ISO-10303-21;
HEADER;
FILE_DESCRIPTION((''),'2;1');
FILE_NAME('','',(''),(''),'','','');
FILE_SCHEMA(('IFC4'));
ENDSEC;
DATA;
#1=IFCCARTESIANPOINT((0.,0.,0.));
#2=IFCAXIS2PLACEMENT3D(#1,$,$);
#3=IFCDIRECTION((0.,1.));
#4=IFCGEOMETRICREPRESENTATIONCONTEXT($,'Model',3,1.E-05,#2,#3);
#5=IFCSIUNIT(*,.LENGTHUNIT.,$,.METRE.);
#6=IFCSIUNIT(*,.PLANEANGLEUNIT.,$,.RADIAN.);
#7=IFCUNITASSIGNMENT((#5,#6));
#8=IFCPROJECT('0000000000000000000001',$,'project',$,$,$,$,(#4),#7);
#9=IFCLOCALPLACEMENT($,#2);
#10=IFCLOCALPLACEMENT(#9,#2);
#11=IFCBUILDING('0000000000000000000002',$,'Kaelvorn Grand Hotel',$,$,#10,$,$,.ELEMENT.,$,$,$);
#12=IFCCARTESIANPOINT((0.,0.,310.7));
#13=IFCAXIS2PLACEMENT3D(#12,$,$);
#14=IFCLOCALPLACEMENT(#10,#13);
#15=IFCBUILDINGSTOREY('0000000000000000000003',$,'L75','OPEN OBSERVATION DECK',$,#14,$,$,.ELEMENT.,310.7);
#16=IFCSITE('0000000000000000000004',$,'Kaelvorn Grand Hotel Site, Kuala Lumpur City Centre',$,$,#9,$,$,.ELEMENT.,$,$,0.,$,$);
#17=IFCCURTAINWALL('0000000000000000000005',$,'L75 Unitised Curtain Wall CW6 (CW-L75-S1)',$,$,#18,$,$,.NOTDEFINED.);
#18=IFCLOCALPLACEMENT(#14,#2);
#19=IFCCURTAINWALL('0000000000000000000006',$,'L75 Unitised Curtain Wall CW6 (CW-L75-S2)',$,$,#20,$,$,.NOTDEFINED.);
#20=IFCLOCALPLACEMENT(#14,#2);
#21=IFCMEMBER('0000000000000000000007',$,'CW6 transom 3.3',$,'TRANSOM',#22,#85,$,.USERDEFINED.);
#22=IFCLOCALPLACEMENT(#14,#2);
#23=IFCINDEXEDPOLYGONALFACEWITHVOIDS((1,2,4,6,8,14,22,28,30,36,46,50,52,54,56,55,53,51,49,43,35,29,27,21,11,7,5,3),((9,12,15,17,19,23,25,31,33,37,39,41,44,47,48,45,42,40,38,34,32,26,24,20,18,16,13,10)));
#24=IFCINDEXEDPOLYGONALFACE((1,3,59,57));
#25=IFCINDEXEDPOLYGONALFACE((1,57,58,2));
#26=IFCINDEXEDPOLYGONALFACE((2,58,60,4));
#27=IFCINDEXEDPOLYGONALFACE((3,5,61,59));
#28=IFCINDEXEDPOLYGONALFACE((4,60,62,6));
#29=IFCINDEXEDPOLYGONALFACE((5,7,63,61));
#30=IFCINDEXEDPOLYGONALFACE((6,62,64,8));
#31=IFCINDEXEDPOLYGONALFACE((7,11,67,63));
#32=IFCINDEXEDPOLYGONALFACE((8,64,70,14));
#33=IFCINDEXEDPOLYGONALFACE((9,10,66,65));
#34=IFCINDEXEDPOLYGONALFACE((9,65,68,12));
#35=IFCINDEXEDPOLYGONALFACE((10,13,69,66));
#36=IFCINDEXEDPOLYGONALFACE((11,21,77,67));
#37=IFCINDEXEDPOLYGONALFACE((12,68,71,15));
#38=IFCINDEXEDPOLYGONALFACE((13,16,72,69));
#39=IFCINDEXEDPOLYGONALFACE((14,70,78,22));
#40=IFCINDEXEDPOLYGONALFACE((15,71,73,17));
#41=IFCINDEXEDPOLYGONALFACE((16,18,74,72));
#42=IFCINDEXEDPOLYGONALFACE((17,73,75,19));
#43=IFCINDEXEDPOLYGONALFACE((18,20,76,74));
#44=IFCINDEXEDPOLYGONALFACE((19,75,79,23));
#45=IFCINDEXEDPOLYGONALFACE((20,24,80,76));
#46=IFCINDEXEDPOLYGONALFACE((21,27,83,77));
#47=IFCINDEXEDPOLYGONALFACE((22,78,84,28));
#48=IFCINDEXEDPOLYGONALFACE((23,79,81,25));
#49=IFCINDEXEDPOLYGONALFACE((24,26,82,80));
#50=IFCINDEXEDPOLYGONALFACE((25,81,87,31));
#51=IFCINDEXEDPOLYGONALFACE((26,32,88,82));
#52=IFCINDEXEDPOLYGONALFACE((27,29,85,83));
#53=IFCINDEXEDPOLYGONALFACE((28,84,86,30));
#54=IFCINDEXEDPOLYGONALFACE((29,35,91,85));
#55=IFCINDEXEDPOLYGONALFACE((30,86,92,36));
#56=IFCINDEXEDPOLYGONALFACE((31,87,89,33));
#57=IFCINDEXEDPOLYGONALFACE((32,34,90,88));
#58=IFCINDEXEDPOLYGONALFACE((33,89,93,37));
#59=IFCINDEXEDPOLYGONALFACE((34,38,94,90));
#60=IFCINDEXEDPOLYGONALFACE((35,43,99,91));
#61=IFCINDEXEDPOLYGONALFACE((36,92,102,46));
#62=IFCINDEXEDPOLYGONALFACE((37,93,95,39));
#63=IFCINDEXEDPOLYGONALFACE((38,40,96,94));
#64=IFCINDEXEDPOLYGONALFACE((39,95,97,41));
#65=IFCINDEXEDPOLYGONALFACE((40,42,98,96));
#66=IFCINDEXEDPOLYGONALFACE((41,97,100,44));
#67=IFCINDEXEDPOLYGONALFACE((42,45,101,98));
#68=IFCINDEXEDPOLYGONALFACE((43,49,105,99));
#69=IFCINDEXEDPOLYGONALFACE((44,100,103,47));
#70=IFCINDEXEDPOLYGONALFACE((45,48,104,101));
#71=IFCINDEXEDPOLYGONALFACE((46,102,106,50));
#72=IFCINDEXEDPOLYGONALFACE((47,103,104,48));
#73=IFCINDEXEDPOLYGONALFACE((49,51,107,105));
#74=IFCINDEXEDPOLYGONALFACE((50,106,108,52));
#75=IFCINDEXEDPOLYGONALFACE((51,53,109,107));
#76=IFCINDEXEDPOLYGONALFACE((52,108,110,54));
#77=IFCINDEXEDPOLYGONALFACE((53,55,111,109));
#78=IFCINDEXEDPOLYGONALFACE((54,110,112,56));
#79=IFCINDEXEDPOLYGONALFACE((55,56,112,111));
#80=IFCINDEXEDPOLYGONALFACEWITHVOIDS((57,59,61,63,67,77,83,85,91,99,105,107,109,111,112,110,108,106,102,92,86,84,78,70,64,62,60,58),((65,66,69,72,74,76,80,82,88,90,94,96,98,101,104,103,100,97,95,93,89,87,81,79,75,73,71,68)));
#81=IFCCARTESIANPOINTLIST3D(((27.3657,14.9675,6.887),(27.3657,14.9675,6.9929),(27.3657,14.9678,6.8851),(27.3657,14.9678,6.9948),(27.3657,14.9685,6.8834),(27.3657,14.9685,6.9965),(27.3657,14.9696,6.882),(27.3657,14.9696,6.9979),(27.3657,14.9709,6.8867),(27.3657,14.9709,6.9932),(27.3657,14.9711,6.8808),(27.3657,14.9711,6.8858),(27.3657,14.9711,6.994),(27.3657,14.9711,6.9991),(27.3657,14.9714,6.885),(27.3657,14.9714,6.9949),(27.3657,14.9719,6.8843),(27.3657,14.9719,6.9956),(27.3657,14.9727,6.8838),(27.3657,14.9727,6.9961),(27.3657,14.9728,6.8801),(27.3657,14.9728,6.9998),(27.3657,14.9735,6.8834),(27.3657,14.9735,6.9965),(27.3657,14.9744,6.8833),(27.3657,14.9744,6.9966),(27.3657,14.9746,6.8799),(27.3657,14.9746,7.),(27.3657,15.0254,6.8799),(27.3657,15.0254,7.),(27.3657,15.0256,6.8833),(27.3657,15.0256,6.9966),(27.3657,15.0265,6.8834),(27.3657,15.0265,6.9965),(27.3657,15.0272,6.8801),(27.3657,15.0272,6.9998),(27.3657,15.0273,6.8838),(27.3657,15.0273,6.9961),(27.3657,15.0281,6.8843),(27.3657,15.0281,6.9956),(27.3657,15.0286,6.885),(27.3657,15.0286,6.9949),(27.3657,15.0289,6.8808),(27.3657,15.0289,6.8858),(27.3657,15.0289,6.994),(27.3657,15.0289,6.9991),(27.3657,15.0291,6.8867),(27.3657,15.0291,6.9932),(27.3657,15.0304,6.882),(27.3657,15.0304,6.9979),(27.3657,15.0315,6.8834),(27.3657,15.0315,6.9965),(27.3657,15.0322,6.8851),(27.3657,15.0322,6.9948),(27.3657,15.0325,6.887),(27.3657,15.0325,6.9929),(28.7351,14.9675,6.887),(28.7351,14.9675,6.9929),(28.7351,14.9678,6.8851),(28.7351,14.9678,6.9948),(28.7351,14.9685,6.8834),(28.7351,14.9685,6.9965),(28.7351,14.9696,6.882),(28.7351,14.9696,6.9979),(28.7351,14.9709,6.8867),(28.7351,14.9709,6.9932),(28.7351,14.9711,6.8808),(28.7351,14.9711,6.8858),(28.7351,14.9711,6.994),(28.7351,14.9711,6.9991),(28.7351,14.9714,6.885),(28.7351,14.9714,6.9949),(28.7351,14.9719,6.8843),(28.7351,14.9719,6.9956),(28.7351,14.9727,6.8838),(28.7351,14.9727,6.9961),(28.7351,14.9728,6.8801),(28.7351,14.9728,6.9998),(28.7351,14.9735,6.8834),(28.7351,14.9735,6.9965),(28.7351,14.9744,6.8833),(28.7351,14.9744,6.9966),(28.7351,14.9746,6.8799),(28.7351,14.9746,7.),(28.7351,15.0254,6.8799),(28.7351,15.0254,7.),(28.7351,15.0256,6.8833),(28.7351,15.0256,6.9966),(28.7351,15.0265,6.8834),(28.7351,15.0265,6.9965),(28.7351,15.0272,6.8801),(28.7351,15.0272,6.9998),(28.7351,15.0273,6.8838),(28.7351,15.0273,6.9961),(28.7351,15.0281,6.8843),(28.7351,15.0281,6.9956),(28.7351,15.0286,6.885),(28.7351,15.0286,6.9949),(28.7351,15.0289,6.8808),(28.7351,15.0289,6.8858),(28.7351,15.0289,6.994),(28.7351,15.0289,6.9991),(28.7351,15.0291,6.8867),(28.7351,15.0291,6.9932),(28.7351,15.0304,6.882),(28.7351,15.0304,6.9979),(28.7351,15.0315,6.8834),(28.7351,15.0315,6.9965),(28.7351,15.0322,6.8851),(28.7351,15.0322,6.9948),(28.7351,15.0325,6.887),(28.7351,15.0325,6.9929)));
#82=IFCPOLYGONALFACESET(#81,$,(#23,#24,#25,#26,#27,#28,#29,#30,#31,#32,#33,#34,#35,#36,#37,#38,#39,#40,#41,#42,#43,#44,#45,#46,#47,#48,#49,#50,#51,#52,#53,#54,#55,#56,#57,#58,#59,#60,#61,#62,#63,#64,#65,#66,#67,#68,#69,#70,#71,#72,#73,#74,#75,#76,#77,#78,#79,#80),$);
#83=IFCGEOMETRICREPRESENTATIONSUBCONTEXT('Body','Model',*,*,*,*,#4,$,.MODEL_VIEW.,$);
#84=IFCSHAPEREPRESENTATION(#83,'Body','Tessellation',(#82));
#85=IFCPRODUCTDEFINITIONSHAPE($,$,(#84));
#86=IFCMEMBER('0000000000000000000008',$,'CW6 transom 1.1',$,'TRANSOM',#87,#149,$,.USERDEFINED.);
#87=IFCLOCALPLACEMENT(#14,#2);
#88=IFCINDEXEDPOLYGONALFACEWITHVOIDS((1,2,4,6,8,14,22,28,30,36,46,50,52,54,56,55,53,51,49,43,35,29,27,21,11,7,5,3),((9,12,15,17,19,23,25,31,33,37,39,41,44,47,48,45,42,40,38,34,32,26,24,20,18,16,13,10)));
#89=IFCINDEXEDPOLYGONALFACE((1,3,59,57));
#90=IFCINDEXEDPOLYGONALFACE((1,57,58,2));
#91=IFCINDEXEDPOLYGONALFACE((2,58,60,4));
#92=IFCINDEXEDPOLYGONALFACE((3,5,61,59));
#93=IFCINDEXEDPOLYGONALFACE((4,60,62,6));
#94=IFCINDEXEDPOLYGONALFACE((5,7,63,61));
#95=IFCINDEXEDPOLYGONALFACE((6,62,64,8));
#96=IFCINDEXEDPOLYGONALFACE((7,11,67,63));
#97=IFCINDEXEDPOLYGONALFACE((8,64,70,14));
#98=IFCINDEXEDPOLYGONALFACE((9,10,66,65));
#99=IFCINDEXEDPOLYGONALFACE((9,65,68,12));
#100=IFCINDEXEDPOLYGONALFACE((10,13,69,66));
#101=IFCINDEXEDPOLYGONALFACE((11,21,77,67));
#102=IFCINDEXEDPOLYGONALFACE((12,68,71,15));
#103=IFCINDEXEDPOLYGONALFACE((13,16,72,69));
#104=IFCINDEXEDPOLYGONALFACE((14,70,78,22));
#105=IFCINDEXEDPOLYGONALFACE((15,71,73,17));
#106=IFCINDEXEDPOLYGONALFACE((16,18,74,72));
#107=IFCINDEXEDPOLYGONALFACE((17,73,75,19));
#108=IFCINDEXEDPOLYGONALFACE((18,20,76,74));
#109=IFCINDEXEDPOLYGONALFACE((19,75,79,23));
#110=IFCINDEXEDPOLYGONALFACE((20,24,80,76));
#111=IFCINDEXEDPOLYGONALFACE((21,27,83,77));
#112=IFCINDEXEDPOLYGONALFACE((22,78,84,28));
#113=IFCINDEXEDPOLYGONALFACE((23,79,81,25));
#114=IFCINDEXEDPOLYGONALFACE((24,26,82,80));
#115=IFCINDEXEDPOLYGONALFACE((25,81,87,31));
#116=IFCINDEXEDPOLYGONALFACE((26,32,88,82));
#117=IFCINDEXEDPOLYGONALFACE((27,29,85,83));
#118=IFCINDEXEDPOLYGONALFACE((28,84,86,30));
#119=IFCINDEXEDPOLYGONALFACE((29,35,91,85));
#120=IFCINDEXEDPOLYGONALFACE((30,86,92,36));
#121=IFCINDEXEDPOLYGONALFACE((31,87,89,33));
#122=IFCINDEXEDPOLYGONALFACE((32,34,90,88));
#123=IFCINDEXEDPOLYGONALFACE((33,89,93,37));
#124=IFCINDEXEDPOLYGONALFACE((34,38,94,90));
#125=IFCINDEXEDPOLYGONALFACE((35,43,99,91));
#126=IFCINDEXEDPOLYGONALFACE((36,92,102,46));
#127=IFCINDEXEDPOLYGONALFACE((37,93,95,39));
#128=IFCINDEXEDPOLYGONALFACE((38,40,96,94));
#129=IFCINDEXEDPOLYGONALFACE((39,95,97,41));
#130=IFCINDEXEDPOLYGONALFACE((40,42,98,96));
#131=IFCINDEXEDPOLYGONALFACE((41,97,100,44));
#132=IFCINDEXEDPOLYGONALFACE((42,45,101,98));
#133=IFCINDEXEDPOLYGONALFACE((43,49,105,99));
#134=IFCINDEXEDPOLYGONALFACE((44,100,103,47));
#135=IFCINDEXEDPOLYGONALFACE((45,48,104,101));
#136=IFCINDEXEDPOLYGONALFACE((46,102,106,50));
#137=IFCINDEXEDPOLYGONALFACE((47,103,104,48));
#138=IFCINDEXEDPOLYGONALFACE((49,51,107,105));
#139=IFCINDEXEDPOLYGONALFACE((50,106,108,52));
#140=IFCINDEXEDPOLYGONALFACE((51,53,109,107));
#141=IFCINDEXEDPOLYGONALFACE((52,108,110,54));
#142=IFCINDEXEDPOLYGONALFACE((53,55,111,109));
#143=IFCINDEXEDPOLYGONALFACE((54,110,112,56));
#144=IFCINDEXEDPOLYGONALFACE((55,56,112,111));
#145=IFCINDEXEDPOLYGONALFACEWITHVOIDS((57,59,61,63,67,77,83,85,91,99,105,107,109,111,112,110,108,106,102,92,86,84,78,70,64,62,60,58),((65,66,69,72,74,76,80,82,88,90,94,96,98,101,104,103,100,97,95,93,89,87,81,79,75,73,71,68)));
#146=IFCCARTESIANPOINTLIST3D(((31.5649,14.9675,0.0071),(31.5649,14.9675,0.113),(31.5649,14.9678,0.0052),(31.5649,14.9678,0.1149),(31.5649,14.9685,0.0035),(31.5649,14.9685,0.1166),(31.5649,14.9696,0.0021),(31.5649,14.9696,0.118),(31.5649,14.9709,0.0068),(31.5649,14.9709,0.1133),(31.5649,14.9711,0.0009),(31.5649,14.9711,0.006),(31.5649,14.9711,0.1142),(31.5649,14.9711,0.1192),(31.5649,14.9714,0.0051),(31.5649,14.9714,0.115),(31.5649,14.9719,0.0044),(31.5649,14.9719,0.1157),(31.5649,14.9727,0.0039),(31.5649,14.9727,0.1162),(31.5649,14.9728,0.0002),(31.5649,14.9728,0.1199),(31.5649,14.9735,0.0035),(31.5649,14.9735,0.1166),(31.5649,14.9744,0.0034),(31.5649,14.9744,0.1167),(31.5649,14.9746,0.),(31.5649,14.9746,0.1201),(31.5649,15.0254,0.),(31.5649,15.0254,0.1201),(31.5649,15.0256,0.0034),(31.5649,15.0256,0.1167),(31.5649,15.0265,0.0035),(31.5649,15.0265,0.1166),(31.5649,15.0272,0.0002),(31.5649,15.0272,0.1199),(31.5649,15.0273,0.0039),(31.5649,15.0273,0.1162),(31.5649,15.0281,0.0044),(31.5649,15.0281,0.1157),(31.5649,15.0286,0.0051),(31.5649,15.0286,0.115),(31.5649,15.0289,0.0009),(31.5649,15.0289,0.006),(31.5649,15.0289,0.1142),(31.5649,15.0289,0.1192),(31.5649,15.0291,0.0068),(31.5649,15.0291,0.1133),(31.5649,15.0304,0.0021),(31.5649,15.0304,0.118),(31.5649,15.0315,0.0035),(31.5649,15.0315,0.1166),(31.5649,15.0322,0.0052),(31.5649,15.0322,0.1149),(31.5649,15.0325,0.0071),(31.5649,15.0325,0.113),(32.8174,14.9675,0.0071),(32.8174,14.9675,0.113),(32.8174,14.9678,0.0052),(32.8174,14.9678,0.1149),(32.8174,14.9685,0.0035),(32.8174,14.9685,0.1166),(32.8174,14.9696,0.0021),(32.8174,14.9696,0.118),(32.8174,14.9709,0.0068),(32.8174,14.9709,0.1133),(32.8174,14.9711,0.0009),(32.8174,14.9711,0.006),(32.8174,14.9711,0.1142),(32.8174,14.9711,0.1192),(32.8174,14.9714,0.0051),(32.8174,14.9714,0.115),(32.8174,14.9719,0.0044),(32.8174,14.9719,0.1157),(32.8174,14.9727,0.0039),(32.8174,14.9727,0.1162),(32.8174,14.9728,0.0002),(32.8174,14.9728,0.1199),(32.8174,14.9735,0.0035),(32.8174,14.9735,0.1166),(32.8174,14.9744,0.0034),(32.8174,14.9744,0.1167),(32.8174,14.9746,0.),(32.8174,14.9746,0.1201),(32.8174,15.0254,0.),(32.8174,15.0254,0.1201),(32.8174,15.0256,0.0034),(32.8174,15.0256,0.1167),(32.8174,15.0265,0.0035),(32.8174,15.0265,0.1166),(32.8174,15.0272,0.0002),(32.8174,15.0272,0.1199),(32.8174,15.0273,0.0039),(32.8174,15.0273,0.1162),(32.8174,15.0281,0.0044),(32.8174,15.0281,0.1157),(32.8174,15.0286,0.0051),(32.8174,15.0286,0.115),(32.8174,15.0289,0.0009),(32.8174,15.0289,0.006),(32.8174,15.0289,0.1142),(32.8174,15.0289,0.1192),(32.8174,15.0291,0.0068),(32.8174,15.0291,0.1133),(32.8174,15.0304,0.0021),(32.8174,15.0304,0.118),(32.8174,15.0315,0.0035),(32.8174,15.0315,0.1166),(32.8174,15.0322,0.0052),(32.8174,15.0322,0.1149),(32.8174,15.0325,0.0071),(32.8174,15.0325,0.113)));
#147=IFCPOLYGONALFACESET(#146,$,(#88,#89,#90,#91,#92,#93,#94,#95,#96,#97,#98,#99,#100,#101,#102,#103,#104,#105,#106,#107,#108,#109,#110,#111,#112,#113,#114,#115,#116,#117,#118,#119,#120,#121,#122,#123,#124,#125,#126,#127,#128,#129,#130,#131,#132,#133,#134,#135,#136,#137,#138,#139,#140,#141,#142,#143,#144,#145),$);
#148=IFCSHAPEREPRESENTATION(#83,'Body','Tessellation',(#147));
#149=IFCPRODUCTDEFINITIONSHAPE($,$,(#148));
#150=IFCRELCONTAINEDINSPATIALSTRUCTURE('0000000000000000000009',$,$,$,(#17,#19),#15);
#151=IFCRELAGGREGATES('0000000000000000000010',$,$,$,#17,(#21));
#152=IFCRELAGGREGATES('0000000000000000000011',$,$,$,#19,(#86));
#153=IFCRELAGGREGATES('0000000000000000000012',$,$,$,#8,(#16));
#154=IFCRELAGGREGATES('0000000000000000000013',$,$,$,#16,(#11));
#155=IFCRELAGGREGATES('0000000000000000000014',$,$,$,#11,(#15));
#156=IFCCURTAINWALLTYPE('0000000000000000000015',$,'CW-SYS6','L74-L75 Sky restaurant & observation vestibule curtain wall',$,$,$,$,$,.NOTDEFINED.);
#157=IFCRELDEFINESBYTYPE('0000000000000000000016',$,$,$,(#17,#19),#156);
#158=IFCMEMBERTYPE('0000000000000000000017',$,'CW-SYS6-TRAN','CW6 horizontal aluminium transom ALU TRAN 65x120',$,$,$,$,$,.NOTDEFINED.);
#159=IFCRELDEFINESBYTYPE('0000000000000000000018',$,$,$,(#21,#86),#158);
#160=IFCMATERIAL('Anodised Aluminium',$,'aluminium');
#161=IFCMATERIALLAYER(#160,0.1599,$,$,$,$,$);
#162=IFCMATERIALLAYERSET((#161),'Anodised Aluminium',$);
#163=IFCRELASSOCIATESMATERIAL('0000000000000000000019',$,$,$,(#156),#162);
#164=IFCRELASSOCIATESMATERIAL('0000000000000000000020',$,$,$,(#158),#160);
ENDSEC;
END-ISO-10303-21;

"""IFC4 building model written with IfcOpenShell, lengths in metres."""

from ifc_helpers import new_model, si_unit, direction, frame, origin, origin_2d, place, context, subcontext, project, spatial, hollow_rectangle, extrude, material, layer, layer_set, material_profile, profile_set, type_object, element, aggregate, save


model = new_model("IFC4")

# Units and contexts
model_context = context("Model", 3, precision=1e-05, world=origin(), true_north=direction((0.0, 1.0)))
body_context = subcontext(model_context, "Body", "Model", "MODEL_VIEW")
ifc_project = project(units=[si_unit("LENGTHUNIT", "METRE"), si_unit("PLANEANGLEUNIT", "RADIAN")], contexts=[model_context])

# Site, building, storey
site_placement = place(None, origin())
site = spatial("IfcSite", under=ifc_project, at=site_placement, Name="Kaelvorn Grand Hotel Site, Kuala Lumpur City Centre", CompositionType="ELEMENT", RefElevation=0.0)
building_placement = place(site_placement, origin())
building = spatial("IfcBuilding", under=site, at=building_placement, Name="Kaelvorn Grand Hotel", CompositionType="ELEMENT")
storey_placement = place(building_placement, frame((0.0, 0.0, 310.7)))
storey = spatial("IfcBuildingStorey", under=building, at=storey_placement, Name="L75", Description="OPEN OBSERVATION DECK", CompositionType="ELEMENT", Elevation=310.7)

# Curtain walls
ifc_material_1 = material(Name="Anodised Aluminium", Category="aluminium")
ifc_layer_1 = layer(ifc_material_1, 0.1599)
ifc_layer_set_1 = layer_set([ifc_layer_1], Name="Anodised Aluminium")
curtain_wall_type = type_object("IfcCurtainWallType", Name="CW-SYS6", Description="L74-L75 Sky restaurant & observation vestibule curtain wall", PredefinedType="NOTDEFINED", material=ifc_layer_set_1)
curtain_wall_1_placement = place(storey_placement, origin())
curtain_wall_1 = element("IfcCurtainWall", 1, at=curtain_wall_1_placement, inside=storey, type_object=curtain_wall_type, Name="L75 Unitised Curtain Wall CW6 (CW-L75-S1)", PredefinedType="NOTDEFINED")
curtain_wall_2_placement = place(storey_placement, origin())
curtain_wall_2 = element("IfcCurtainWall", 2, at=curtain_wall_2_placement, inside=storey, type_object=curtain_wall_type, Name="L75 Unitised Curtain Wall CW6 (CW-L75-S2)", PredefinedType="NOTDEFINED")

# Members
ifc_material_profile_1 = material_profile(ifc_material_1, hollow_rectangle(XDim=0.0649, YDim=0.1201, WallThickness=0.0034, InnerFilletRadius=0.0034, OuterFilletRadius=0.0071, at=origin_2d()), Name="ALU TRAN 65x120")
ifc_profile_set_1 = profile_set([ifc_material_profile_1], Name="Anodised Aluminium")
member_type_1 = type_object("IfcMemberType", Name="CW-SYS6-TRAN", Description="CW6 horizontal aluminium transom ALU TRAN 65x120", PredefinedType="NOTDEFINED", material=ifc_profile_set_1)
member_1_placement = place(storey_placement, frame((27.3657, 15.0, 6.9399), z_axis=(1.0, 0.0, 0.0), x_axis=(0.0, 1.0, 0.0)))
member_1 = element("IfcMember", 3, at=member_1_placement, type_object=member_type_1, Name="CW6 transom 3.3", ObjectType="TRANSOM", PredefinedType="USERDEFINED", context=body_context, shape_type="SweptSolid", body=[
    extrude(hollow_rectangle(XDim=0.0649, YDim=0.1201, WallThickness=0.0034, InnerFilletRadius=0.0034, OuterFilletRadius=0.0071, at=origin_2d()), origin(), (0.0, 0.0, 1.0), 1.3694),
])
member_2_placement = place(storey_placement, frame((31.5649, 15.0, 0.0601), z_axis=(1.0, 0.0, 0.0), x_axis=(0.0, 1.0, 0.0)))
member_2 = element("IfcMember", 4, at=member_2_placement, type_object=member_type_1, Name="CW6 transom 1.1", ObjectType="TRANSOM", PredefinedType="USERDEFINED", context=body_context, shape_type="SweptSolid", body=[
    extrude(hollow_rectangle(XDim=0.0649, YDim=0.1201, WallThickness=0.0034, InnerFilletRadius=0.0034, OuterFilletRadius=0.0071, at=origin_2d()), origin(), (0.0, 0.0, 1.0), 1.2524),
])

aggregate(curtain_wall_1, [member_1])
aggregate(curtain_wall_2, [member_2])

save(model, "model.ifc")
